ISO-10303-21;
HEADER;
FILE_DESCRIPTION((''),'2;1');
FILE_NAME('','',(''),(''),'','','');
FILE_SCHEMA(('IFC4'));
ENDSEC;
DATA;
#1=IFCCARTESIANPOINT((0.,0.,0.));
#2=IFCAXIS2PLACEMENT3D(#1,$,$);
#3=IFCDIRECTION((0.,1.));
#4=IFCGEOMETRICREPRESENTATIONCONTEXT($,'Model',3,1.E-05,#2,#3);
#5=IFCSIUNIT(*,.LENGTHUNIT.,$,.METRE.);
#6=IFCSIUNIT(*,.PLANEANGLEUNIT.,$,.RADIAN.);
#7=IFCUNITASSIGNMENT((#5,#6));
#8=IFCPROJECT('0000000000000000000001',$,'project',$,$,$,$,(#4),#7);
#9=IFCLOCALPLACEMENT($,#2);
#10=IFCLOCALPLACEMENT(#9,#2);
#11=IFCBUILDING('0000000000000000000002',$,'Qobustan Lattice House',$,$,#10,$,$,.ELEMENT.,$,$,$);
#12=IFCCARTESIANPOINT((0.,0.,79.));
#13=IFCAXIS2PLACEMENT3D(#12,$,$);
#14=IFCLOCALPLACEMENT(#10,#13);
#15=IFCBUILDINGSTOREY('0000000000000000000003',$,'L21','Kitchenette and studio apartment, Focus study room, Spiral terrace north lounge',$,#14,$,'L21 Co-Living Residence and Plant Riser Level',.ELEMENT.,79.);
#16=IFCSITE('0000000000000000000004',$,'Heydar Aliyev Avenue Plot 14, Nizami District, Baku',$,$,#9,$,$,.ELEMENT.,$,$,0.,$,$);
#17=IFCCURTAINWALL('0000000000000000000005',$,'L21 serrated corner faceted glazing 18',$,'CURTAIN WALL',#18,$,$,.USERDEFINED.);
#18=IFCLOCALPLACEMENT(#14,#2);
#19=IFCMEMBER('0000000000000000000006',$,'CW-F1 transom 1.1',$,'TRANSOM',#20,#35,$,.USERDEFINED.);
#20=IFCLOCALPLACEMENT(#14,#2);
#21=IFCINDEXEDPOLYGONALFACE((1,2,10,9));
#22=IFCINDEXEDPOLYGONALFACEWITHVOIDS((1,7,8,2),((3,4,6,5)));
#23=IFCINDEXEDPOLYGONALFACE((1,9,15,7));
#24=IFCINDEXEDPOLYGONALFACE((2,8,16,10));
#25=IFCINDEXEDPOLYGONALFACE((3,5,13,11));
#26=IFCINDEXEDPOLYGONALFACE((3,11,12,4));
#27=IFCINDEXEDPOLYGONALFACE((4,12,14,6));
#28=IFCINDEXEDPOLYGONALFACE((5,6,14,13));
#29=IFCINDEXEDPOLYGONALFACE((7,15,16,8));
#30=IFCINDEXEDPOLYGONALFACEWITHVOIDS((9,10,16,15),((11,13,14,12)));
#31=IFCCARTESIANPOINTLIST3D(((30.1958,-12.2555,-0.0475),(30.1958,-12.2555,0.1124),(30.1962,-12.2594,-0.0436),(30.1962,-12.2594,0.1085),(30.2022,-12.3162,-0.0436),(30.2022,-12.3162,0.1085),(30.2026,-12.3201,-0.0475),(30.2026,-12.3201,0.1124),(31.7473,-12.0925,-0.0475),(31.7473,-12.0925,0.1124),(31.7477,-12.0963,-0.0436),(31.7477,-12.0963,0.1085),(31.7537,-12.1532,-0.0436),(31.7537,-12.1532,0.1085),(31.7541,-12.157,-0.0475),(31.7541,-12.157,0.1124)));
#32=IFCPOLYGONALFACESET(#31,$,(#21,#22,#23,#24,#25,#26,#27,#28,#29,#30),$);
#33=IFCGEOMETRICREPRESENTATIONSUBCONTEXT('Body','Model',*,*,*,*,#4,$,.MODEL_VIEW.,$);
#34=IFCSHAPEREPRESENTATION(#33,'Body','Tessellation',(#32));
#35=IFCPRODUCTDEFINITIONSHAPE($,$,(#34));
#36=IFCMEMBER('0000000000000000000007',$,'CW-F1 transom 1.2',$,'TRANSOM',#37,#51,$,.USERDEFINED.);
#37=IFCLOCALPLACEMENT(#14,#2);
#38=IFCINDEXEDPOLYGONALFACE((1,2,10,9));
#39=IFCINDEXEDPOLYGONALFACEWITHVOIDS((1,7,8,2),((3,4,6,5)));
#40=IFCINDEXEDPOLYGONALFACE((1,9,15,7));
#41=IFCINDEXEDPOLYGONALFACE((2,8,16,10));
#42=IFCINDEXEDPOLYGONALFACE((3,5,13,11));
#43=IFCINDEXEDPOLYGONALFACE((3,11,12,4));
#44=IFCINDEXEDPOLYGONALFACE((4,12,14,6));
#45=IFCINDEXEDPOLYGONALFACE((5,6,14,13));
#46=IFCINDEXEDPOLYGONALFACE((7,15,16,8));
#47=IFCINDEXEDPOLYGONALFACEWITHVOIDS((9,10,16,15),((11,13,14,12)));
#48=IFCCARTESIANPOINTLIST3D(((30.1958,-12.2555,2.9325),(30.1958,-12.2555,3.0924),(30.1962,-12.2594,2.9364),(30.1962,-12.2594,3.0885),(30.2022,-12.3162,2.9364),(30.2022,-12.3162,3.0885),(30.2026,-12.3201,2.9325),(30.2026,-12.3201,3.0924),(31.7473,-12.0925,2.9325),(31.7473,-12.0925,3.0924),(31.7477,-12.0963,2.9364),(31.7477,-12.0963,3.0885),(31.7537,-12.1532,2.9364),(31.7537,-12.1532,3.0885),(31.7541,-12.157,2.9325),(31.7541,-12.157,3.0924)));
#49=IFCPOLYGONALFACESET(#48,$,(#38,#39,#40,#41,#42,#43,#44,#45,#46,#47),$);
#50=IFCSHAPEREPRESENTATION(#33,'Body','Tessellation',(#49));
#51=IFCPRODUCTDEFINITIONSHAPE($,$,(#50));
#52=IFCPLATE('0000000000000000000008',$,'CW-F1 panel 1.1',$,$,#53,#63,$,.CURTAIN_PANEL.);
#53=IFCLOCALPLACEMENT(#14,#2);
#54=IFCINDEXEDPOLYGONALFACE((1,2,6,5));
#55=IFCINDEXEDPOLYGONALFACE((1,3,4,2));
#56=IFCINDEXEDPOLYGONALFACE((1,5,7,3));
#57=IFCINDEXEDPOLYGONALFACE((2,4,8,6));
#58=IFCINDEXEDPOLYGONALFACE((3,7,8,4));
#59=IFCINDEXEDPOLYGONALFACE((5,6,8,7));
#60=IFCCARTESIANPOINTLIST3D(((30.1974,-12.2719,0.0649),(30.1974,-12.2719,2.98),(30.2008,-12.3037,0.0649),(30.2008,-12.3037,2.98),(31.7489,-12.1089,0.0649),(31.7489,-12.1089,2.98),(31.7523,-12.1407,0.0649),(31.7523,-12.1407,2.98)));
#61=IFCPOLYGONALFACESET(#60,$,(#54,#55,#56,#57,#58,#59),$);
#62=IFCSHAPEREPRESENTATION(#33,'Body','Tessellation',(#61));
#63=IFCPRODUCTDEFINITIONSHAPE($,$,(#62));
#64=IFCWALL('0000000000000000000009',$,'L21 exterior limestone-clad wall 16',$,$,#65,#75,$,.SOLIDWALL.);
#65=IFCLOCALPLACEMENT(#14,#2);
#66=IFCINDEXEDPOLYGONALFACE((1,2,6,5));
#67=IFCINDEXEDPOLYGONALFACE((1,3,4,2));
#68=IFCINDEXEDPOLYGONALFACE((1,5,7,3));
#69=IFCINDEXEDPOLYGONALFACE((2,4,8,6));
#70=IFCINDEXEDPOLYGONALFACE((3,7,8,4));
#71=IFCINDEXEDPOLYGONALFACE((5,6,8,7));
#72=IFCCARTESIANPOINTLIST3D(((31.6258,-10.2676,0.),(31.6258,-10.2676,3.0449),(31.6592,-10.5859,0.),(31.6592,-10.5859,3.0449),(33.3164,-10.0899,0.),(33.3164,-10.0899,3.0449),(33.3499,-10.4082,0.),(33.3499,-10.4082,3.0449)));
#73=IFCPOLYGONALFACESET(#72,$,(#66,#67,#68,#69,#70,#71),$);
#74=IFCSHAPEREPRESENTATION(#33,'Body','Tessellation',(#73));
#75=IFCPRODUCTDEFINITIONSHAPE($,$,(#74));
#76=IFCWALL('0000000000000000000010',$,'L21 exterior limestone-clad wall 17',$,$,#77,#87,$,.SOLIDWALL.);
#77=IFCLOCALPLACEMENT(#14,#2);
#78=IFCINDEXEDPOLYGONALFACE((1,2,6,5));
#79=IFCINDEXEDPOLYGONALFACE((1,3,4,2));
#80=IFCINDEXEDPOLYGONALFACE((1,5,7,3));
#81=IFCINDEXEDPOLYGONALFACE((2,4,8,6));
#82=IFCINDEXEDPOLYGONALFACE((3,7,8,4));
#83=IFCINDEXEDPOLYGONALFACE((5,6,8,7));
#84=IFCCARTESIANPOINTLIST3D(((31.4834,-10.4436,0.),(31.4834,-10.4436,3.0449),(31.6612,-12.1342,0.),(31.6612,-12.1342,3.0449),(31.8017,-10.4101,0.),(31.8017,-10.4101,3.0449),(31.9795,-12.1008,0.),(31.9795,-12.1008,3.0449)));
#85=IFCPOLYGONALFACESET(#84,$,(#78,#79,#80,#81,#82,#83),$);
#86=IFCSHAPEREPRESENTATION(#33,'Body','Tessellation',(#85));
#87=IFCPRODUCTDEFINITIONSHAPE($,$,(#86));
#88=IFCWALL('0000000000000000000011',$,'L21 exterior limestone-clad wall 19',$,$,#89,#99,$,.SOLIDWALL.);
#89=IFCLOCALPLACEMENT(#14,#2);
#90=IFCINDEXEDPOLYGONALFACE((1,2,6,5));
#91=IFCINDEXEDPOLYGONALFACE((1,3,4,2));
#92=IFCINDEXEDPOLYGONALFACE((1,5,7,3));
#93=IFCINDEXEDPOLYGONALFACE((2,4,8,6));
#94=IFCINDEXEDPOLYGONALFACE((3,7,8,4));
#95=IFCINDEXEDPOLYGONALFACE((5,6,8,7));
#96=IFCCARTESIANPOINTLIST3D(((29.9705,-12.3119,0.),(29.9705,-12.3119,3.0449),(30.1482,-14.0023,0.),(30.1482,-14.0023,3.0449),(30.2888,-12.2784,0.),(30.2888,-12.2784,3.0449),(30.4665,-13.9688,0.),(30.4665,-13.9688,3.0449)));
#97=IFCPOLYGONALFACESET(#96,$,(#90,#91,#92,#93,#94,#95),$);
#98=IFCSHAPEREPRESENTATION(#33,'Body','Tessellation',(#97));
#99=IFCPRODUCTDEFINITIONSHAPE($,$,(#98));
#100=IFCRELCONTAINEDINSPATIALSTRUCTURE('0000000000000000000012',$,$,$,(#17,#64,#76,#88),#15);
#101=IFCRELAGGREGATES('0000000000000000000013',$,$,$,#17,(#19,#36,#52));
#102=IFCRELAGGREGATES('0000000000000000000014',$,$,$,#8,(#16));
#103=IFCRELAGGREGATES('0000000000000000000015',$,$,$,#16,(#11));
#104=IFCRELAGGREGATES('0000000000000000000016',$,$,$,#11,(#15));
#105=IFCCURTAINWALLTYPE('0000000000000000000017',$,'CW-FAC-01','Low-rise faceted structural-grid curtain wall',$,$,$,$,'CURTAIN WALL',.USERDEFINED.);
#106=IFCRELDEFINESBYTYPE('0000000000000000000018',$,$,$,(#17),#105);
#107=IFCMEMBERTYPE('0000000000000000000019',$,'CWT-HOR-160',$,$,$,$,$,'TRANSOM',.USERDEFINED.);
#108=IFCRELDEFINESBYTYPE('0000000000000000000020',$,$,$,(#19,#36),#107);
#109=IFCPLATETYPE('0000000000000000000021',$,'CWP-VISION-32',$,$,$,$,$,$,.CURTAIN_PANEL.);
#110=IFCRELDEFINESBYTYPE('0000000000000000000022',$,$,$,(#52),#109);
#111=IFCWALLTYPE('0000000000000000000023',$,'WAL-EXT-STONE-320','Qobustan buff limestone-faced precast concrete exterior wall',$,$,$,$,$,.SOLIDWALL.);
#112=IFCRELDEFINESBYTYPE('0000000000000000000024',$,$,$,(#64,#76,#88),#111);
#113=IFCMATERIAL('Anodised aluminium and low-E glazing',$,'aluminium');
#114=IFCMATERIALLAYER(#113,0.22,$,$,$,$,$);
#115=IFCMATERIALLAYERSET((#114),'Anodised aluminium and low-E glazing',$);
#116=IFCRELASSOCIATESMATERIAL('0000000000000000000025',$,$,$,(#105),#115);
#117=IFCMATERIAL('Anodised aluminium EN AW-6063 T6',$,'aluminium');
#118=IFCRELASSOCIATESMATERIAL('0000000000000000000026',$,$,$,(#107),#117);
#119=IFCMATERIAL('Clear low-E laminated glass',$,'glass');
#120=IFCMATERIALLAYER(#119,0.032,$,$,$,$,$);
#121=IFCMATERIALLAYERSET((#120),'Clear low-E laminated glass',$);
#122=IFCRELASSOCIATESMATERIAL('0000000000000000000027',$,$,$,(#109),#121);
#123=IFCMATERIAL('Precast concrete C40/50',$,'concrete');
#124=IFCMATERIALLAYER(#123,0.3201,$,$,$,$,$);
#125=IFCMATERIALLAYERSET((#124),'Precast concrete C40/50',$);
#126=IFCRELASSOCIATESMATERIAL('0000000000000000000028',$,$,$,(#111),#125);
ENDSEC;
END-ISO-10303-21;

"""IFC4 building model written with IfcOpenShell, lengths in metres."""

from ifc_helpers import new_model, si_unit, direction, frame, frame_2d, origin, origin_2d, place, context, subcontext, project, spatial, rectangle, hollow_rectangle, extrude, material, layer, layer_set, material_profile, profile_set, type_object, element, aggregate, save


model = new_model("IFC4")

# Units and contexts
model_context = context("Model", 3, precision=1e-05, world=origin(), true_north=direction((0.0, 1.0)))
body_context = subcontext(model_context, "Body", "Model", "MODEL_VIEW")
ifc_project = project(units=[si_unit("LENGTHUNIT", "METRE"), si_unit("PLANEANGLEUNIT", "RADIAN")], contexts=[model_context])

# Site, building, storey
site_placement = place(None, origin())
site = spatial("IfcSite", under=ifc_project, at=site_placement, Name="Heydar Aliyev Avenue Plot 14, Nizami District, Baku", CompositionType="ELEMENT", RefElevation=0.0)
building_placement = place(site_placement, origin())
building = spatial("IfcBuilding", under=site, at=building_placement, Name="Qobustan Lattice House", CompositionType="ELEMENT")
storey_placement = place(building_placement, frame((0.0, 0.0, 79.0)))
storey = spatial("IfcBuildingStorey", under=building, at=storey_placement, Name="L21", Description="Kitchenette and studio apartment, Focus study room, Spiral terrace north lounge", LongName="L21 Co-Living Residence and Plant Riser Level", CompositionType="ELEMENT", Elevation=79.0)

# Curtain wall, members, plate
ifc_material_1 = material(Name="Anodised aluminium and low-E glazing", Category="aluminium")
ifc_layer_1 = layer(ifc_material_1, 0.22)
ifc_layer_set_1 = layer_set([ifc_layer_1], Name="Anodised aluminium and low-E glazing")
curtain_wall_type = type_object("IfcCurtainWallType", Name="CW-FAC-01", Description="Low-rise faceted structural-grid curtain wall", ElementType="CURTAIN WALL", PredefinedType="USERDEFINED", material=ifc_layer_set_1)
curtain_wall_placement = place(storey_placement, origin())
curtain_wall = element("IfcCurtainWall", 1, at=curtain_wall_placement, inside=storey, type_object=curtain_wall_type, Name="L21 serrated corner faceted glazing 18", ObjectType="CURTAIN WALL", PredefinedType="USERDEFINED")
ifc_material_2 = material(Name="Anodised aluminium EN AW-6063 T6", Category="aluminium")
ifc_material_profile_1 = material_profile(ifc_material_2, hollow_rectangle(XDim=0.0649, YDim=0.1599, WallThickness=0.0039, at=origin_2d()), Name="CWT-160x65")
ifc_profile_set_1 = profile_set([ifc_material_profile_1], Name="Anodised aluminium EN AW-6063 T6")
member_type_1 = type_object("IfcMemberType", Name="CWT-HOR-160", ElementType="TRANSOM", PredefinedType="USERDEFINED", material=ifc_profile_set_1)
member_1_placement = place(storey_placement, frame((31.7507, -12.1248, 0.0325), z_axis=(-0.994521, -0.104538, 0.0), x_axis=(0.104538, -0.994521, 0.0)))
member_1 = element("IfcMember", 2, at=member_1_placement, type_object=member_type_1, Name="CW-F1 transom 1.1", ObjectType="TRANSOM", PredefinedType="USERDEFINED", context=body_context, shape_type="SweptSolid", body=[
    extrude(hollow_rectangle(XDim=0.0649, YDim=0.1599, WallThickness=0.0039, at=origin_2d()), origin(), (0.0, 0.0, 1.0), 1.5601),
])
member_2_placement = place(storey_placement, frame((31.7507, -12.1248, 3.0125), z_axis=(-0.994521, -0.104538, 0.0), x_axis=(0.104538, -0.994521, 0.0)))
member_2 = element("IfcMember", 3, at=member_2_placement, type_object=member_type_1, Name="CW-F1 transom 1.2", ObjectType="TRANSOM", PredefinedType="USERDEFINED", context=body_context, shape_type="SweptSolid", body=[
    extrude(hollow_rectangle(XDim=0.0649, YDim=0.1599, WallThickness=0.0039, at=origin_2d()), origin(), (0.0, 0.0, 1.0), 1.5601),
])
ifc_material_3 = material(Name="Clear low-E laminated glass", Category="glass")
ifc_layer_2 = layer(ifc_material_3, 0.032)
ifc_layer_set_2 = layer_set([ifc_layer_2], Name="Clear low-E laminated glass")
plate_type = type_object("IfcPlateType", Name="CWP-VISION-32", PredefinedType="CURTAIN_PANEL", material=ifc_layer_set_2)
plate_placement = place(storey_placement, frame((30.9749, -12.2063, 0.0649), z_axis=(0.0, 0.0, 1.0), x_axis=(-0.994522, -0.104529, 0.0)))
plate = element("IfcPlate", 4, at=plate_placement, type_object=plate_type, Name="CW-F1 panel 1.1", PredefinedType="CURTAIN_PANEL", context=body_context, shape_type="SweptSolid", body=[
    extrude(rectangle(XDim=1.5601, YDim=0.032, at=origin_2d()), origin(), (0.0, 0.0, 1.0), 2.915),
])
aggregate(curtain_wall, [member_1, member_2, plate])

# Walls
ifc_material_4 = material(Name="Precast concrete C40/50", Category="concrete")
ifc_layer_3 = layer(ifc_material_4, 0.3201)
ifc_layer_set_3 = layer_set([ifc_layer_3], Name="Precast concrete C40/50")
wall_type_1 = type_object("IfcWallType", Name="WAL-EXT-STONE-320", Description="Qobustan buff limestone-faced precast concrete exterior wall", PredefinedType="SOLIDWALL", material=ifc_layer_set_3)
for number, where, z_axis, x_axis, name in (
    (5, (33.3333, -10.249, 0.0), (0.0, 0.0, 1.0), (-0.99452, -0.10455, 0.0), "L21 exterior limestone-clad wall 16"),
    (6, (31.6426, -10.4268, 0.0), (0.0, 0.0, 1.0), (0.10455, -0.99452, 0.0), "L21 exterior limestone-clad wall 17"),
):
    element("IfcWall", number, at=place(storey_placement, frame(where, z_axis=z_axis, x_axis=x_axis)), inside=storey, type_object=wall_type_1, Name=name, PredefinedType="SOLIDWALL", context=body_context, shape_type="SweptSolid", body=[
        extrude(rectangle(XDim=1.7, YDim=0.3201, at=frame_2d((0.8501, 0.0))), origin(), (0.0, 0.0, 1.0), 3.0449),
    ])
wall_1_placement = place(storey_placement, frame((30.1296, -12.2952, 0.0), z_axis=(0.0, 0.0, 1.0), x_axis=(0.104565, -0.994518, 0.0)))
element("IfcWall", 7, at=wall_1_placement, inside=storey, type_object=wall_type_1, Name="L21 exterior limestone-clad wall 19", PredefinedType="SOLIDWALL", context=body_context, shape_type="SweptSolid", body=[
    extrude(rectangle(XDim=1.6997, YDim=0.3201, at=frame_2d((0.8499, 0.0))), origin(), (0.0, 0.0, 1.0), 3.0449),
])

save(model, "model.ifc")
